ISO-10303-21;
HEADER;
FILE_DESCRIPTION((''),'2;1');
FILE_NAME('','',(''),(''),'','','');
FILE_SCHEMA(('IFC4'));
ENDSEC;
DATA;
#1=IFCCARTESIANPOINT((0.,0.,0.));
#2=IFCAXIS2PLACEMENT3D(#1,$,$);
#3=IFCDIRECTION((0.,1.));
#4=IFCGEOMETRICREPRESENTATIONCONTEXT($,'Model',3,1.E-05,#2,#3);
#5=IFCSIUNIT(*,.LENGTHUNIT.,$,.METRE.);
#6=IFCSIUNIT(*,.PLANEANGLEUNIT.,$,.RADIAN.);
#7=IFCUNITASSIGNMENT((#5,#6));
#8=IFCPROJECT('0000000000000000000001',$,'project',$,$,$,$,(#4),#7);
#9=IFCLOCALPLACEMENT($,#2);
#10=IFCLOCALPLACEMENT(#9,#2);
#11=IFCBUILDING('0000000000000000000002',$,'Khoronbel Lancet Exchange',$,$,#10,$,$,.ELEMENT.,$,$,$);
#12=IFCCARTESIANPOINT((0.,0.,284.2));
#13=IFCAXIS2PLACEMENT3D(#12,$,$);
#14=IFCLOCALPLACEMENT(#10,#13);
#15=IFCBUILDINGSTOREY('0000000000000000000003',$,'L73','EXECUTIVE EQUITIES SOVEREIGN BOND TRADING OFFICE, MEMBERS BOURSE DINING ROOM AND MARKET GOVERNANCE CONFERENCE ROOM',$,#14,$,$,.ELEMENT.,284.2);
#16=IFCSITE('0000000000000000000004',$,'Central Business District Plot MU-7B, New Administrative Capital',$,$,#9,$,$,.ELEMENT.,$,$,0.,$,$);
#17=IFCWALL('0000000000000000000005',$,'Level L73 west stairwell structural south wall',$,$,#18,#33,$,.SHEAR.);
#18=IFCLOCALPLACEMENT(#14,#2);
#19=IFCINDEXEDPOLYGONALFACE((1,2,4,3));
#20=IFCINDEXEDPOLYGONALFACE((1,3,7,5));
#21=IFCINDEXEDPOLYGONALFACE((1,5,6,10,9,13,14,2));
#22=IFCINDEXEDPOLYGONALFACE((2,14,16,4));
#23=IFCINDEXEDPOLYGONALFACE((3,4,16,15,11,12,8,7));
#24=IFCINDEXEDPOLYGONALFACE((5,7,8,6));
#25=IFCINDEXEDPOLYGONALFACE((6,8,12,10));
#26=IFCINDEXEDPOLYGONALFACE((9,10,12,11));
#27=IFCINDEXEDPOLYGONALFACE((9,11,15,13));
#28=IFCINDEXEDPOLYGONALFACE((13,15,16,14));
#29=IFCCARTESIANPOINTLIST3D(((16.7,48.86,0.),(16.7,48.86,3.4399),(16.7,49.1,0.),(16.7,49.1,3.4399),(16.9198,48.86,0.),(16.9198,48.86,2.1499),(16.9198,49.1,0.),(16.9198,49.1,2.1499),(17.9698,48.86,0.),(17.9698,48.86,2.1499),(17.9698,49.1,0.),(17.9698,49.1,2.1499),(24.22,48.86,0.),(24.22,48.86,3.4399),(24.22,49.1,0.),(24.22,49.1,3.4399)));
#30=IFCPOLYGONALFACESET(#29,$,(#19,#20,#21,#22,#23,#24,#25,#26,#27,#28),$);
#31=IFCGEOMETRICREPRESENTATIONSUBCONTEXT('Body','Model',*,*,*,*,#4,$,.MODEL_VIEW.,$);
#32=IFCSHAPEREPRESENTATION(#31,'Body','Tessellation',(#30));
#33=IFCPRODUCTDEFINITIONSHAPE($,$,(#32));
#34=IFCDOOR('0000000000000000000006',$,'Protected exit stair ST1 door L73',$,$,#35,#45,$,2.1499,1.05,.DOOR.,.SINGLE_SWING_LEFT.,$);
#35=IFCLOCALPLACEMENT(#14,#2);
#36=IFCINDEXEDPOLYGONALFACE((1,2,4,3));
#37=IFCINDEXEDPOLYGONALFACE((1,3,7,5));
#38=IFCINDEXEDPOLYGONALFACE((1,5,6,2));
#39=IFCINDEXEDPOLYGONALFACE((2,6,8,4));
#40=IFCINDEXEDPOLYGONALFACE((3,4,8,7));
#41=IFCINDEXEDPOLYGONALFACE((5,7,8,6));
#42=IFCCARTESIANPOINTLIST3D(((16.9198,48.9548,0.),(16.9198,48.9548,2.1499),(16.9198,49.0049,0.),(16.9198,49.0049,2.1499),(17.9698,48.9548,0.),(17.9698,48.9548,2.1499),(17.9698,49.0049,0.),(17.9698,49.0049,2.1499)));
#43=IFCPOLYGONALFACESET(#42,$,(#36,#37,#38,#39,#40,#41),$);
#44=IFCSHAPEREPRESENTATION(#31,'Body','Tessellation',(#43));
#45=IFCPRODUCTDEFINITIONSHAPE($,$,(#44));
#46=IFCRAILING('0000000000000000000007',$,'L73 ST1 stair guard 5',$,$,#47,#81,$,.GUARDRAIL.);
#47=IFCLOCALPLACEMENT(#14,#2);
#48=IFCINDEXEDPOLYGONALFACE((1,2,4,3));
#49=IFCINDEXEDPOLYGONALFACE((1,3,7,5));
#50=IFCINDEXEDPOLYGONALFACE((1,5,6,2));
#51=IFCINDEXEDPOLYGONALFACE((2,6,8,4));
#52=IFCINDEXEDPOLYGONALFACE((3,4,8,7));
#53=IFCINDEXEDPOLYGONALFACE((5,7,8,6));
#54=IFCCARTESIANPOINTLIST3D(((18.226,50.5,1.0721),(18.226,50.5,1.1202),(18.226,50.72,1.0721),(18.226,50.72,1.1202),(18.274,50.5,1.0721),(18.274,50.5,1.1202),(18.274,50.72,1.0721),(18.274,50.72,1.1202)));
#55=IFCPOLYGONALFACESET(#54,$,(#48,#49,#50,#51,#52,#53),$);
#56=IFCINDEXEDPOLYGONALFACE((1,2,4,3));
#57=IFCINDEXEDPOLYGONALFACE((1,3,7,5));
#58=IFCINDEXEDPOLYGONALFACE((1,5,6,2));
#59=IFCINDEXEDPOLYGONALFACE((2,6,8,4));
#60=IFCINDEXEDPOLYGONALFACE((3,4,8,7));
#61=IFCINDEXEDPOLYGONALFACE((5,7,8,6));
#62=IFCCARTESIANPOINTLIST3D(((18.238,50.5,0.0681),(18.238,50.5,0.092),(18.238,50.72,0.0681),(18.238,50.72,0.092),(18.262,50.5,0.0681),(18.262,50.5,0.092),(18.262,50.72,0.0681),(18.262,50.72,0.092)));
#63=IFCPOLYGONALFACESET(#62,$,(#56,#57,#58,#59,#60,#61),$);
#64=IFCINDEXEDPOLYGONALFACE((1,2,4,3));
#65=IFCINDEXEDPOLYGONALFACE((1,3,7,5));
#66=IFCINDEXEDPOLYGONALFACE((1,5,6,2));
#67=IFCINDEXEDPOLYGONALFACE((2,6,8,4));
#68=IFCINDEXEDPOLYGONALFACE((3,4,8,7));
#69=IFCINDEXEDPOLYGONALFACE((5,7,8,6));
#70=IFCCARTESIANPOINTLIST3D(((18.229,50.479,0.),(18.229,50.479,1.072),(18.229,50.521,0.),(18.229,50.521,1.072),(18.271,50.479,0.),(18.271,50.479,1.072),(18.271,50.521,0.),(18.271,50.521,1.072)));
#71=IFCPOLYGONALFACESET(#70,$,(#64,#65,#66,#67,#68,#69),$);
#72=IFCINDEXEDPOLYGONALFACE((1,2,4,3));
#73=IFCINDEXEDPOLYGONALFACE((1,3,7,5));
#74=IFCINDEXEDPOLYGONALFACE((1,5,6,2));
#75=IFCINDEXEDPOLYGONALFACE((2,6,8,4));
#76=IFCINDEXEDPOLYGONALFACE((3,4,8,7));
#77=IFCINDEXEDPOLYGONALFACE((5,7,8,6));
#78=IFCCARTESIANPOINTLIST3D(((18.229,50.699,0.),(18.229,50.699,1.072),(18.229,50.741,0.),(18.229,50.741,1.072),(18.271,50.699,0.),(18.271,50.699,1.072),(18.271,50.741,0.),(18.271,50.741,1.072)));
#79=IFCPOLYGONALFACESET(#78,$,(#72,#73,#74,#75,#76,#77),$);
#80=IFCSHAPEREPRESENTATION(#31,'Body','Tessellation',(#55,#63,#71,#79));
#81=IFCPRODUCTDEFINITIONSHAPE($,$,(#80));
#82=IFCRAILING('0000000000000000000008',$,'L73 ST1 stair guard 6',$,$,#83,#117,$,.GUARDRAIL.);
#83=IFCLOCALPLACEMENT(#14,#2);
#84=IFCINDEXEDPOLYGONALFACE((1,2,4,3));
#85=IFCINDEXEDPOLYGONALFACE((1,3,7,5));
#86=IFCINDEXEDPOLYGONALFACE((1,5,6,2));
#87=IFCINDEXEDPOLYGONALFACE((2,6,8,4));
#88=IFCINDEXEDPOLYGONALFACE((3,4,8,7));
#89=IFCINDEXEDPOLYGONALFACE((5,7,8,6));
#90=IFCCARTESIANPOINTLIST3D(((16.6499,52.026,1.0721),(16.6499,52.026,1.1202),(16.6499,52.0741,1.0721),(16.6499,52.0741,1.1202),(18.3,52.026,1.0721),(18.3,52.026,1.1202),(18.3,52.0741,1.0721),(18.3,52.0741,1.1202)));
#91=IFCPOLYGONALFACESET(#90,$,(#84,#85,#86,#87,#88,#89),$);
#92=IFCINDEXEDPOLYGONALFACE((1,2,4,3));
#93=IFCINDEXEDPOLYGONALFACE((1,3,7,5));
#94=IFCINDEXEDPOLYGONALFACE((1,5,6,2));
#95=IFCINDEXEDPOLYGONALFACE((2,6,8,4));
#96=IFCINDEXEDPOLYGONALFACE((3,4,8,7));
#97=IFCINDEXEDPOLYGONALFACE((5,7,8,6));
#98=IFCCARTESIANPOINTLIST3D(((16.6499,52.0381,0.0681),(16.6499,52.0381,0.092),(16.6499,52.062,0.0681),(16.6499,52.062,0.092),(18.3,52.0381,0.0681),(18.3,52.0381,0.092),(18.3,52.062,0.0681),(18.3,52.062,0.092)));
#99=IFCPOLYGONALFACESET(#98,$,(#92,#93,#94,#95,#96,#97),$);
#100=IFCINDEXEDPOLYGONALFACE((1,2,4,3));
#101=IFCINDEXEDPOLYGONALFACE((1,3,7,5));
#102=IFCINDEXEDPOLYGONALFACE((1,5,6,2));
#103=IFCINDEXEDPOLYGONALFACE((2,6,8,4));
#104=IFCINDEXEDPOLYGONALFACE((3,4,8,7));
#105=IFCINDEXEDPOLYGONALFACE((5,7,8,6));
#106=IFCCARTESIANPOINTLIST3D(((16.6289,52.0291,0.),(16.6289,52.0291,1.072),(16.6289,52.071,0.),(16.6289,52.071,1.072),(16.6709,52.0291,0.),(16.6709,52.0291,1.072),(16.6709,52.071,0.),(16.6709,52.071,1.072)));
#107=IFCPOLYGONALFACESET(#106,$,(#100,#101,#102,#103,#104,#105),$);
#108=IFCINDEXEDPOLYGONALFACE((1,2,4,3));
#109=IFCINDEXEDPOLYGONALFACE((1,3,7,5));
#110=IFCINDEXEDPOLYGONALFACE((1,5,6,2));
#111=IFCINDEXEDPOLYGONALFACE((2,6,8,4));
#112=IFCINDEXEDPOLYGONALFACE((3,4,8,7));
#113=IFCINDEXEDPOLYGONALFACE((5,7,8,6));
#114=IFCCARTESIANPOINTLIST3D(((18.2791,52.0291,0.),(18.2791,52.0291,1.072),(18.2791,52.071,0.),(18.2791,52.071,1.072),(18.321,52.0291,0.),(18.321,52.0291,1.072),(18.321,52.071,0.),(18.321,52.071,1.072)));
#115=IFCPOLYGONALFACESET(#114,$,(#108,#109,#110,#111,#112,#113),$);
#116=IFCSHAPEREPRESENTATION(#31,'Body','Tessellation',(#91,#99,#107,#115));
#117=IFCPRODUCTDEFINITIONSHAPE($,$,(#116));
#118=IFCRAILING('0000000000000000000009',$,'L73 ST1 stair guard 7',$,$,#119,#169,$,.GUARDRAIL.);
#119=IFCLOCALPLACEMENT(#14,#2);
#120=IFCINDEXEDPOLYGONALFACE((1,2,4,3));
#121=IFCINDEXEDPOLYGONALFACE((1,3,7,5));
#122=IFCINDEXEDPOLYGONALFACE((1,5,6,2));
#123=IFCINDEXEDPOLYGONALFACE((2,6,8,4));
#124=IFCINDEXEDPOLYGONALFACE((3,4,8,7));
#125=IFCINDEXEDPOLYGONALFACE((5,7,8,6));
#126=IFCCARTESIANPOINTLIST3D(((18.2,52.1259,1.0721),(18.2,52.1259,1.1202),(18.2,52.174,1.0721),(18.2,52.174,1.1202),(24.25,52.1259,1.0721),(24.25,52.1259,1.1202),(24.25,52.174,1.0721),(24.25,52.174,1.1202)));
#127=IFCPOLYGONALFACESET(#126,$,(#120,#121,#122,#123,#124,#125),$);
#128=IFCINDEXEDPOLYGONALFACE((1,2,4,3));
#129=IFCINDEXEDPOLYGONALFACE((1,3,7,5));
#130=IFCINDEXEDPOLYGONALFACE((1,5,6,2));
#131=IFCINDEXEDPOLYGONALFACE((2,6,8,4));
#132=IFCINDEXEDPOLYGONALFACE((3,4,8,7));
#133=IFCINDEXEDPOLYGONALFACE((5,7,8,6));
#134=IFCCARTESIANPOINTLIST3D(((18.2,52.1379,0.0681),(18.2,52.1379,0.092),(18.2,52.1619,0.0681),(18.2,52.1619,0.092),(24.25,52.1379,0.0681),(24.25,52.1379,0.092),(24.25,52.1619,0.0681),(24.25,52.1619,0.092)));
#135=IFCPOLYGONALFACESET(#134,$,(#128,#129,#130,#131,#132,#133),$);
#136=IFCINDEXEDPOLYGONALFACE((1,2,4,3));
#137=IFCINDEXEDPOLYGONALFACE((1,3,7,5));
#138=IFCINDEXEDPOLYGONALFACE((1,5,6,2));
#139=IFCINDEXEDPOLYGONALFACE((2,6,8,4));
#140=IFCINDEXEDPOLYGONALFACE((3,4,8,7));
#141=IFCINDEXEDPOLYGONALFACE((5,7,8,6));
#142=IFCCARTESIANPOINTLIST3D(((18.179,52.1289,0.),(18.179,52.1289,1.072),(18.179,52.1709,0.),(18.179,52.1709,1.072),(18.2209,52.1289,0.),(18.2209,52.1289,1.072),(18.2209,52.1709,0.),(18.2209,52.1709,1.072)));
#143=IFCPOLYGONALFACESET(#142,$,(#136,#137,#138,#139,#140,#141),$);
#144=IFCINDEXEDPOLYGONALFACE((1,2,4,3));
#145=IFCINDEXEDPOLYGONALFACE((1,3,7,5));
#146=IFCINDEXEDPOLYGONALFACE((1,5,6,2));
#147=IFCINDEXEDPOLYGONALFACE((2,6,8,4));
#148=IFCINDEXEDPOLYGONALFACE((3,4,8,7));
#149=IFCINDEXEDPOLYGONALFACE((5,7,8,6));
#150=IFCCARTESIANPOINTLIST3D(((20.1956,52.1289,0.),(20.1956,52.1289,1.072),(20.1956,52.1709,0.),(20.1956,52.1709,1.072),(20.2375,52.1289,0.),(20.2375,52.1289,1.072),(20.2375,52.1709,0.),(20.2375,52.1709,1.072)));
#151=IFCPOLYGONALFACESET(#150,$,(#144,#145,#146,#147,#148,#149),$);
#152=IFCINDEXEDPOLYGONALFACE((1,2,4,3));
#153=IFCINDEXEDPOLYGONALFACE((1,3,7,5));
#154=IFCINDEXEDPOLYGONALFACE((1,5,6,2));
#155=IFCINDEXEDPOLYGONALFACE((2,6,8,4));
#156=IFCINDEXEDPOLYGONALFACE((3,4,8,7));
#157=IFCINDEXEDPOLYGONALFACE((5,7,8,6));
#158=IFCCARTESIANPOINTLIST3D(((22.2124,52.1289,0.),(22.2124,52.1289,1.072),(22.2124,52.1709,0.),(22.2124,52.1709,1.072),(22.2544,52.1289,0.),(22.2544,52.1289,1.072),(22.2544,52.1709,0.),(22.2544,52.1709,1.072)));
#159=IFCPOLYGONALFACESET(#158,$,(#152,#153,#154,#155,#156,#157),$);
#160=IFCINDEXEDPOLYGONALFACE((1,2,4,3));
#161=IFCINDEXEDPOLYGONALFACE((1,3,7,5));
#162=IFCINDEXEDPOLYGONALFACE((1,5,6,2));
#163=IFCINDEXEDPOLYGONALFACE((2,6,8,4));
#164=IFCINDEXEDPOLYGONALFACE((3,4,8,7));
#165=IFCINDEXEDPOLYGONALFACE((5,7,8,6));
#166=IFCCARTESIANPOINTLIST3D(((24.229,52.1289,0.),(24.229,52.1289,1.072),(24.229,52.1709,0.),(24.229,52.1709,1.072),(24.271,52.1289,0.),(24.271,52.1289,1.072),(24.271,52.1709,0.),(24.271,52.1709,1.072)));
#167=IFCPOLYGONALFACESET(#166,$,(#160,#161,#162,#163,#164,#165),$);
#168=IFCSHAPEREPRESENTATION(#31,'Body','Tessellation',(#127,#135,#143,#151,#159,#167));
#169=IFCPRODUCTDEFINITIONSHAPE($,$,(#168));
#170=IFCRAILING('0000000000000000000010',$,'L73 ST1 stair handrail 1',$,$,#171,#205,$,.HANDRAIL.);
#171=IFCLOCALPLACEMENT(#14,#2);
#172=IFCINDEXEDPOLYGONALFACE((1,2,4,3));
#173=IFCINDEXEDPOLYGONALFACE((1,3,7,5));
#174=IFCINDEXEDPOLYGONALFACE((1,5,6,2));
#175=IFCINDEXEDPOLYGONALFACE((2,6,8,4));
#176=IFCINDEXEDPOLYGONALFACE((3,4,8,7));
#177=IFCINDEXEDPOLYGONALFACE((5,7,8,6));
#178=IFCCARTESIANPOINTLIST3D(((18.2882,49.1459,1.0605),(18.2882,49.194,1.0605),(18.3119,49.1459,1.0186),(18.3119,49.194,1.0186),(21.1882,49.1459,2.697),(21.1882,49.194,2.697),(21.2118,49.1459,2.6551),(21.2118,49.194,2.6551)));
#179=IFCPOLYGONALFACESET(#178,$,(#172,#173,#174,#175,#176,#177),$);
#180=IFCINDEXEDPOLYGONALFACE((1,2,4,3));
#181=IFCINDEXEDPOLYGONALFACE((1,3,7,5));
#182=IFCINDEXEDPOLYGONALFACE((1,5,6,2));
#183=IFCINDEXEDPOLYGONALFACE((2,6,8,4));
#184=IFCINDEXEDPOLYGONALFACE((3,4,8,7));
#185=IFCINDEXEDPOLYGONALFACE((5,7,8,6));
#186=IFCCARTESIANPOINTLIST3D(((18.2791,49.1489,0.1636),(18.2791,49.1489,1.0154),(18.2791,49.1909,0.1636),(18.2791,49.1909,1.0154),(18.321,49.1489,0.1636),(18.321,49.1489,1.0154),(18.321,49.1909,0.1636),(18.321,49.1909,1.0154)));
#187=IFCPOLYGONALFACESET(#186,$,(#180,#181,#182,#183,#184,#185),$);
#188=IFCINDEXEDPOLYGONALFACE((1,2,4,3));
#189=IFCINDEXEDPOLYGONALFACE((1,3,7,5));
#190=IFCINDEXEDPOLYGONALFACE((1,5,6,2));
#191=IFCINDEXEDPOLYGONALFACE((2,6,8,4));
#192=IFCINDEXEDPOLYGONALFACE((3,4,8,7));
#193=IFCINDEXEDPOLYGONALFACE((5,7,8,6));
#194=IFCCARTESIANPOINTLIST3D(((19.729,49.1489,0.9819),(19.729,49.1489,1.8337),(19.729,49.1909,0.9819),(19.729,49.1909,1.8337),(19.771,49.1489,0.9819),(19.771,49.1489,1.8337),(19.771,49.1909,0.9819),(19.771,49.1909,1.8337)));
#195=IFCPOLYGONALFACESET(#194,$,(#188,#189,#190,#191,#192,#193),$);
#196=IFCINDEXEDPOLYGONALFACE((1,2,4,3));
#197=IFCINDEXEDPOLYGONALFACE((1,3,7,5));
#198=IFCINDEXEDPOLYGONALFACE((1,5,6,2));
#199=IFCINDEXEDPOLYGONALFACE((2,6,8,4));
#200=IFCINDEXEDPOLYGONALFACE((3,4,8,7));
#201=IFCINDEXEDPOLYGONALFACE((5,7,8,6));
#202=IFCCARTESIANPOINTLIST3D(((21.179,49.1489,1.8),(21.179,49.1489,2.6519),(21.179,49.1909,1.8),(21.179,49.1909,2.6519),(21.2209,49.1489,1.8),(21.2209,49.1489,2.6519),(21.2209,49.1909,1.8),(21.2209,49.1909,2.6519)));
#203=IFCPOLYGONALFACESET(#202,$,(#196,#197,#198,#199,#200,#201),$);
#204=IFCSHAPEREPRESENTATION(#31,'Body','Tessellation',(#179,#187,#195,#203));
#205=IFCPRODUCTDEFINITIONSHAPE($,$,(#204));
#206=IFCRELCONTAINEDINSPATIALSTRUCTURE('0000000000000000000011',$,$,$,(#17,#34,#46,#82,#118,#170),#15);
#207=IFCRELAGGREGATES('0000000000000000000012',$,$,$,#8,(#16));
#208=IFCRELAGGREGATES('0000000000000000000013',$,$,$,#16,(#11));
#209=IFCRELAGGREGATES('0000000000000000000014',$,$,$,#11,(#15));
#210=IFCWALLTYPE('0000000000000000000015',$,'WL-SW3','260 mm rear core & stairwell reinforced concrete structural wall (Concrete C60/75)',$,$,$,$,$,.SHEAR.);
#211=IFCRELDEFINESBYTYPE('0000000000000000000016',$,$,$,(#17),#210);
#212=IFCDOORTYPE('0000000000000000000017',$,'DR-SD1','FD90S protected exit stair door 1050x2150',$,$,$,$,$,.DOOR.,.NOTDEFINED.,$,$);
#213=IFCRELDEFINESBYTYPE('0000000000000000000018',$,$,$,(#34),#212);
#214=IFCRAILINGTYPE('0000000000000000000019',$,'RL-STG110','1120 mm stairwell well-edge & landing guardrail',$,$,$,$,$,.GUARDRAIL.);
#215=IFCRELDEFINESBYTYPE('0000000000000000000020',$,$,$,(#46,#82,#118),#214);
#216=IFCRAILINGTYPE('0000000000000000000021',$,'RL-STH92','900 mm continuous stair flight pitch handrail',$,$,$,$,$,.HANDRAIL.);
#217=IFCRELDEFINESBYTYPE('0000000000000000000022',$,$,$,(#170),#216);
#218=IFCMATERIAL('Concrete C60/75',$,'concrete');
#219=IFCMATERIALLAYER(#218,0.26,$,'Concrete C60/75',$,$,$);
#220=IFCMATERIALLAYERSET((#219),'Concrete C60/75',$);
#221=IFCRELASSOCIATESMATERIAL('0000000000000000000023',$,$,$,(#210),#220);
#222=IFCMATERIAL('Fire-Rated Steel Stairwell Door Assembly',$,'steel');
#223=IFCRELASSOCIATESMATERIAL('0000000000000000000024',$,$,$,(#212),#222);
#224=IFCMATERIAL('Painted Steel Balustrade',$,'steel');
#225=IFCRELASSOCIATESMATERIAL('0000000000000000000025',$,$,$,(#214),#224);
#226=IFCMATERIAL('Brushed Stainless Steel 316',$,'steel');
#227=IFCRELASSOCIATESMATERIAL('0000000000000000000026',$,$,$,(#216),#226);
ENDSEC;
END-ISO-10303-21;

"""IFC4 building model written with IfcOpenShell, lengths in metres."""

from ifc_helpers import new_model, si_unit, direction, frame, frame_2d, origin, origin_2d, place, context, subcontext, project, spatial, rectangle, extrude, material, layer, layer_set, type_object, element, fill, save


model = new_model("IFC4")

# Units and contexts
model_context = context("Model", 3, precision=1e-05, world=origin(), true_north=direction((0.0, 1.0)))
body_context = subcontext(model_context, "Body", "Model", "MODEL_VIEW")
ifc_project = project(units=[si_unit("LENGTHUNIT", "METRE"), si_unit("PLANEANGLEUNIT", "RADIAN")], contexts=[model_context])

# Site, building, storey
site_placement = place(None, origin())
site = spatial("IfcSite", under=ifc_project, at=site_placement, Name="Central Business District Plot MU-7B, New Administrative Capital", CompositionType="ELEMENT", RefElevation=0.0)
building_placement = place(site_placement, origin())
building = spatial("IfcBuilding", under=site, at=building_placement, Name="Khoronbel Lancet Exchange", CompositionType="ELEMENT")
storey_placement = place(building_placement, frame((0.0, 0.0, 284.2)))
storey = spatial("IfcBuildingStorey", under=building, at=storey_placement, Name="L73", Description="EXECUTIVE EQUITIES SOVEREIGN BOND TRADING OFFICE, MEMBERS BOURSE DINING ROOM AND MARKET GOVERNANCE CONFERENCE ROOM", CompositionType="ELEMENT", Elevation=284.2)

# Shared definitions
ifc_material_1 = material(Name="Concrete C60/75", Category="concrete")

# Wall, opening, door
ifc_layer_1 = layer(ifc_material_1, 0.26, Name="Concrete C60/75")
ifc_layer_set_1 = layer_set([ifc_layer_1], Name="Concrete C60/75")
wall_type_1 = type_object("IfcWallType", Name="WL-SW3", Description="260 mm rear core & stairwell reinforced concrete structural wall (Concrete C60/75)", PredefinedType="SHEAR", material=ifc_layer_set_1)
wall_1_placement = place(storey_placement, frame((16.7, 48.98, 0.0), z_axis=(0.0, 0.0, 1.0), x_axis=(1.0, 0.0, 0.0)))
wall_1 = element("IfcWall", 1, at=wall_1_placement, inside=storey, type_object=wall_type_1, Name="Level L73 west stairwell structural south wall", PredefinedType="SHEAR", context=body_context, shape_type="SweptSolid", body=[
    extrude(rectangle(XDim=7.52, YDim=0.24, at=frame_2d((3.76, 0.0))), origin(), (0.0, 0.0, 1.0), 3.4399),
])
opening_placement = place(wall_1_placement, frame((0.22, 0.0, 0.0)))
opening = element("IfcOpeningElement", 2, at=opening_placement, cuts=wall_1, PredefinedType="OPENING", context=body_context, shape_type="SweptSolid", body=[
    extrude(rectangle(XDim=1.05, YDim=2.1499, at=frame_2d((0.5249, 1.075))), frame((0.0, 0.1299, 0.0), z_axis=(0.0, -1.0, 0.0), x_axis=(1.0, 0.0, 0.0)), (0.0, 0.0, 1.0), 0.26),
])
ifc_material_2 = material(Name="Fire-Rated Steel Stairwell Door Assembly", Category="steel")
door_type = type_object("IfcDoorType", Name="DR-SD1", Description="FD90S protected exit stair door 1050x2150", OperationType="NOTDEFINED", PredefinedType="DOOR", material=ifc_material_2)
door_placement = place(opening_placement, origin())
door = element("IfcDoor", 3, at=door_placement, inside=storey, type_object=door_type, Name="Protected exit stair ST1 door L73", OperationType="SINGLE_SWING_LEFT", OverallHeight=2.1499, OverallWidth=1.05, PredefinedType="DOOR", context=body_context, shape_type="SweptSolid", body=[
    extrude(rectangle(XDim=1.05, YDim=2.1499, at=frame_2d((0.5249, 1.075))), frame((0.0, 0.0249, 0.0), z_axis=(0.0, -1.0, 0.0), x_axis=(1.0, 0.0, 0.0)), (0.0, 0.0, 1.0), 0.05),
])
fill(opening, door)

# Railings
ifc_material_3 = material(Name="Painted Steel Balustrade", Category="steel")
railing_type_1 = type_object("IfcRailingType", Name="RL-STG110", Description="1120 mm stairwell well-edge & landing guardrail", PredefinedType="GUARDRAIL", material=ifc_material_3)
railing_1_placement = place(storey_placement, frame((18.25, 50.5, 0.0)))
element("IfcRailing", 4, at=railing_1_placement, inside=storey, type_object=railing_type_1, Name="L73 ST1 stair guard 5", PredefinedType="GUARDRAIL", context=body_context, shape_type="SweptSolid", body=[
    extrude(rectangle(XDim=0.0481, YDim=0.0481, at=origin_2d()), frame((0.0, 0.0, 1.0962), z_axis=(0.0, 1.0, 0.0), x_axis=(-1.0, 0.0, 0.0)), (0.0, 0.0, 1.0), 0.22),
    extrude(rectangle(XDim=0.0239, YDim=0.0239, at=origin_2d()), frame((0.0, 0.0, 0.0801), z_axis=(0.0, 1.0, 0.0), x_axis=(-1.0, 0.0, 0.0)), (0.0, 0.0, 1.0), 0.22),
    extrude(rectangle(XDim=0.042, YDim=0.042, at=origin_2d()), origin(), (0.0, 0.0, 1.0), 1.072),
    extrude(rectangle(XDim=0.042, YDim=0.042, at=origin_2d()), frame((0.0, 0.22, 0.0)), (0.0, 0.0, 1.0), 1.072),
])
railing_2_placement = place(storey_placement, frame((16.6499, 52.05, 0.0)))
element("IfcRailing", 5, at=railing_2_placement, inside=storey, type_object=railing_type_1, Name="L73 ST1 stair guard 6", PredefinedType="GUARDRAIL", context=body_context, shape_type="SweptSolid", body=[
    extrude(rectangle(XDim=0.0481, YDim=0.0481, at=origin_2d()), frame((0.0, 0.0, 1.0962), z_axis=(1.0, 0.0, 0.0), x_axis=(0.0, 1.0, 0.0)), (0.0, 0.0, 1.0), 1.6501),
    extrude(rectangle(XDim=0.0239, YDim=0.0239, at=origin_2d()), frame((0.0, 0.0, 0.0801), z_axis=(1.0, 0.0, 0.0), x_axis=(0.0, 1.0, 0.0)), (0.0, 0.0, 1.0), 1.6501),
    extrude(rectangle(XDim=0.042, YDim=0.042, at=origin_2d()), origin(), (0.0, 0.0, 1.0), 1.072),
    extrude(rectangle(XDim=0.042, YDim=0.042, at=origin_2d()), frame((1.6501, 0.0, 0.0)), (0.0, 0.0, 1.0), 1.072),
])
railing_3_placement = place(storey_placement, frame((18.2, 52.1499, 0.0)))
element("IfcRailing", 6, at=railing_3_placement, inside=storey, type_object=railing_type_1, Name="L73 ST1 stair guard 7", PredefinedType="GUARDRAIL", context=body_context, shape_type="SweptSolid", body=[
    extrude(rectangle(XDim=0.0481, YDim=0.0481, at=origin_2d()), frame((0.0, 0.0, 1.0962), z_axis=(1.0, 0.0, 0.0), x_axis=(0.0, 1.0, 0.0)), (0.0, 0.0, 1.0), 6.05),
    extrude(rectangle(XDim=0.0239, YDim=0.0239, at=origin_2d()), frame((0.0, 0.0, 0.0801), z_axis=(1.0, 0.0, 0.0), x_axis=(0.0, 1.0, 0.0)), (0.0, 0.0, 1.0), 6.05),
    extrude(rectangle(XDim=0.042, YDim=0.042, at=origin_2d()), origin(), (0.0, 0.0, 1.0), 1.072),
    extrude(rectangle(XDim=0.042, YDim=0.042, at=origin_2d()), frame((2.0166, 0.0, 0.0)), (0.0, 0.0, 1.0), 1.072),
    extrude(rectangle(XDim=0.042, YDim=0.042, at=origin_2d()), frame((4.0334, 0.0, 0.0)), (0.0, 0.0, 1.0), 1.072),
    extrude(rectangle(XDim=0.042, YDim=0.042, at=origin_2d()), frame((6.05, 0.0, 0.0)), (0.0, 0.0, 1.0), 1.072),
])
ifc_material_4 = material(Name="Brushed Stainless Steel 316", Category="steel")
railing_type_2 = type_object("IfcRailingType", Name="RL-STH92", Description="900 mm continuous stair flight pitch handrail", PredefinedType="HANDRAIL", material=ifc_material_4)
railing_4_placement = place(storey_placement, frame((18.3, 49.1699, 0.1636)))
element("IfcRailing", 7, at=railing_4_placement, inside=storey, type_object=railing_type_2, Name="L73 ST1 stair handrail 1", PredefinedType="HANDRAIL", context=body_context, shape_type="SweptSolid", body=[
    extrude(rectangle(XDim=0.0481, YDim=0.0481, at=origin_2d()), frame((0.0, 0.0, 0.876), z_axis=(0.870897, 0.0, 0.491465), x_axis=(0.0, 1.0, 0.0)), (0.0, 0.0, 1.0), 3.3298),
    extrude(rectangle(XDim=0.042, YDim=0.042, at=origin_2d()), origin(), (0.0, 0.0, 1.0), 0.8518),
    extrude(rectangle(XDim=0.042, YDim=0.042, at=origin_2d()), frame((1.45, 0.0, 0.8184)), (0.0, 0.0, 1.0), 0.8518),
    extrude(rectangle(XDim=0.042, YDim=0.042, at=origin_2d()), frame((2.8999, 0.0, 1.6365)), (0.0, 0.0, 1.0), 0.8518),
])

save(model, "model.ifc")
